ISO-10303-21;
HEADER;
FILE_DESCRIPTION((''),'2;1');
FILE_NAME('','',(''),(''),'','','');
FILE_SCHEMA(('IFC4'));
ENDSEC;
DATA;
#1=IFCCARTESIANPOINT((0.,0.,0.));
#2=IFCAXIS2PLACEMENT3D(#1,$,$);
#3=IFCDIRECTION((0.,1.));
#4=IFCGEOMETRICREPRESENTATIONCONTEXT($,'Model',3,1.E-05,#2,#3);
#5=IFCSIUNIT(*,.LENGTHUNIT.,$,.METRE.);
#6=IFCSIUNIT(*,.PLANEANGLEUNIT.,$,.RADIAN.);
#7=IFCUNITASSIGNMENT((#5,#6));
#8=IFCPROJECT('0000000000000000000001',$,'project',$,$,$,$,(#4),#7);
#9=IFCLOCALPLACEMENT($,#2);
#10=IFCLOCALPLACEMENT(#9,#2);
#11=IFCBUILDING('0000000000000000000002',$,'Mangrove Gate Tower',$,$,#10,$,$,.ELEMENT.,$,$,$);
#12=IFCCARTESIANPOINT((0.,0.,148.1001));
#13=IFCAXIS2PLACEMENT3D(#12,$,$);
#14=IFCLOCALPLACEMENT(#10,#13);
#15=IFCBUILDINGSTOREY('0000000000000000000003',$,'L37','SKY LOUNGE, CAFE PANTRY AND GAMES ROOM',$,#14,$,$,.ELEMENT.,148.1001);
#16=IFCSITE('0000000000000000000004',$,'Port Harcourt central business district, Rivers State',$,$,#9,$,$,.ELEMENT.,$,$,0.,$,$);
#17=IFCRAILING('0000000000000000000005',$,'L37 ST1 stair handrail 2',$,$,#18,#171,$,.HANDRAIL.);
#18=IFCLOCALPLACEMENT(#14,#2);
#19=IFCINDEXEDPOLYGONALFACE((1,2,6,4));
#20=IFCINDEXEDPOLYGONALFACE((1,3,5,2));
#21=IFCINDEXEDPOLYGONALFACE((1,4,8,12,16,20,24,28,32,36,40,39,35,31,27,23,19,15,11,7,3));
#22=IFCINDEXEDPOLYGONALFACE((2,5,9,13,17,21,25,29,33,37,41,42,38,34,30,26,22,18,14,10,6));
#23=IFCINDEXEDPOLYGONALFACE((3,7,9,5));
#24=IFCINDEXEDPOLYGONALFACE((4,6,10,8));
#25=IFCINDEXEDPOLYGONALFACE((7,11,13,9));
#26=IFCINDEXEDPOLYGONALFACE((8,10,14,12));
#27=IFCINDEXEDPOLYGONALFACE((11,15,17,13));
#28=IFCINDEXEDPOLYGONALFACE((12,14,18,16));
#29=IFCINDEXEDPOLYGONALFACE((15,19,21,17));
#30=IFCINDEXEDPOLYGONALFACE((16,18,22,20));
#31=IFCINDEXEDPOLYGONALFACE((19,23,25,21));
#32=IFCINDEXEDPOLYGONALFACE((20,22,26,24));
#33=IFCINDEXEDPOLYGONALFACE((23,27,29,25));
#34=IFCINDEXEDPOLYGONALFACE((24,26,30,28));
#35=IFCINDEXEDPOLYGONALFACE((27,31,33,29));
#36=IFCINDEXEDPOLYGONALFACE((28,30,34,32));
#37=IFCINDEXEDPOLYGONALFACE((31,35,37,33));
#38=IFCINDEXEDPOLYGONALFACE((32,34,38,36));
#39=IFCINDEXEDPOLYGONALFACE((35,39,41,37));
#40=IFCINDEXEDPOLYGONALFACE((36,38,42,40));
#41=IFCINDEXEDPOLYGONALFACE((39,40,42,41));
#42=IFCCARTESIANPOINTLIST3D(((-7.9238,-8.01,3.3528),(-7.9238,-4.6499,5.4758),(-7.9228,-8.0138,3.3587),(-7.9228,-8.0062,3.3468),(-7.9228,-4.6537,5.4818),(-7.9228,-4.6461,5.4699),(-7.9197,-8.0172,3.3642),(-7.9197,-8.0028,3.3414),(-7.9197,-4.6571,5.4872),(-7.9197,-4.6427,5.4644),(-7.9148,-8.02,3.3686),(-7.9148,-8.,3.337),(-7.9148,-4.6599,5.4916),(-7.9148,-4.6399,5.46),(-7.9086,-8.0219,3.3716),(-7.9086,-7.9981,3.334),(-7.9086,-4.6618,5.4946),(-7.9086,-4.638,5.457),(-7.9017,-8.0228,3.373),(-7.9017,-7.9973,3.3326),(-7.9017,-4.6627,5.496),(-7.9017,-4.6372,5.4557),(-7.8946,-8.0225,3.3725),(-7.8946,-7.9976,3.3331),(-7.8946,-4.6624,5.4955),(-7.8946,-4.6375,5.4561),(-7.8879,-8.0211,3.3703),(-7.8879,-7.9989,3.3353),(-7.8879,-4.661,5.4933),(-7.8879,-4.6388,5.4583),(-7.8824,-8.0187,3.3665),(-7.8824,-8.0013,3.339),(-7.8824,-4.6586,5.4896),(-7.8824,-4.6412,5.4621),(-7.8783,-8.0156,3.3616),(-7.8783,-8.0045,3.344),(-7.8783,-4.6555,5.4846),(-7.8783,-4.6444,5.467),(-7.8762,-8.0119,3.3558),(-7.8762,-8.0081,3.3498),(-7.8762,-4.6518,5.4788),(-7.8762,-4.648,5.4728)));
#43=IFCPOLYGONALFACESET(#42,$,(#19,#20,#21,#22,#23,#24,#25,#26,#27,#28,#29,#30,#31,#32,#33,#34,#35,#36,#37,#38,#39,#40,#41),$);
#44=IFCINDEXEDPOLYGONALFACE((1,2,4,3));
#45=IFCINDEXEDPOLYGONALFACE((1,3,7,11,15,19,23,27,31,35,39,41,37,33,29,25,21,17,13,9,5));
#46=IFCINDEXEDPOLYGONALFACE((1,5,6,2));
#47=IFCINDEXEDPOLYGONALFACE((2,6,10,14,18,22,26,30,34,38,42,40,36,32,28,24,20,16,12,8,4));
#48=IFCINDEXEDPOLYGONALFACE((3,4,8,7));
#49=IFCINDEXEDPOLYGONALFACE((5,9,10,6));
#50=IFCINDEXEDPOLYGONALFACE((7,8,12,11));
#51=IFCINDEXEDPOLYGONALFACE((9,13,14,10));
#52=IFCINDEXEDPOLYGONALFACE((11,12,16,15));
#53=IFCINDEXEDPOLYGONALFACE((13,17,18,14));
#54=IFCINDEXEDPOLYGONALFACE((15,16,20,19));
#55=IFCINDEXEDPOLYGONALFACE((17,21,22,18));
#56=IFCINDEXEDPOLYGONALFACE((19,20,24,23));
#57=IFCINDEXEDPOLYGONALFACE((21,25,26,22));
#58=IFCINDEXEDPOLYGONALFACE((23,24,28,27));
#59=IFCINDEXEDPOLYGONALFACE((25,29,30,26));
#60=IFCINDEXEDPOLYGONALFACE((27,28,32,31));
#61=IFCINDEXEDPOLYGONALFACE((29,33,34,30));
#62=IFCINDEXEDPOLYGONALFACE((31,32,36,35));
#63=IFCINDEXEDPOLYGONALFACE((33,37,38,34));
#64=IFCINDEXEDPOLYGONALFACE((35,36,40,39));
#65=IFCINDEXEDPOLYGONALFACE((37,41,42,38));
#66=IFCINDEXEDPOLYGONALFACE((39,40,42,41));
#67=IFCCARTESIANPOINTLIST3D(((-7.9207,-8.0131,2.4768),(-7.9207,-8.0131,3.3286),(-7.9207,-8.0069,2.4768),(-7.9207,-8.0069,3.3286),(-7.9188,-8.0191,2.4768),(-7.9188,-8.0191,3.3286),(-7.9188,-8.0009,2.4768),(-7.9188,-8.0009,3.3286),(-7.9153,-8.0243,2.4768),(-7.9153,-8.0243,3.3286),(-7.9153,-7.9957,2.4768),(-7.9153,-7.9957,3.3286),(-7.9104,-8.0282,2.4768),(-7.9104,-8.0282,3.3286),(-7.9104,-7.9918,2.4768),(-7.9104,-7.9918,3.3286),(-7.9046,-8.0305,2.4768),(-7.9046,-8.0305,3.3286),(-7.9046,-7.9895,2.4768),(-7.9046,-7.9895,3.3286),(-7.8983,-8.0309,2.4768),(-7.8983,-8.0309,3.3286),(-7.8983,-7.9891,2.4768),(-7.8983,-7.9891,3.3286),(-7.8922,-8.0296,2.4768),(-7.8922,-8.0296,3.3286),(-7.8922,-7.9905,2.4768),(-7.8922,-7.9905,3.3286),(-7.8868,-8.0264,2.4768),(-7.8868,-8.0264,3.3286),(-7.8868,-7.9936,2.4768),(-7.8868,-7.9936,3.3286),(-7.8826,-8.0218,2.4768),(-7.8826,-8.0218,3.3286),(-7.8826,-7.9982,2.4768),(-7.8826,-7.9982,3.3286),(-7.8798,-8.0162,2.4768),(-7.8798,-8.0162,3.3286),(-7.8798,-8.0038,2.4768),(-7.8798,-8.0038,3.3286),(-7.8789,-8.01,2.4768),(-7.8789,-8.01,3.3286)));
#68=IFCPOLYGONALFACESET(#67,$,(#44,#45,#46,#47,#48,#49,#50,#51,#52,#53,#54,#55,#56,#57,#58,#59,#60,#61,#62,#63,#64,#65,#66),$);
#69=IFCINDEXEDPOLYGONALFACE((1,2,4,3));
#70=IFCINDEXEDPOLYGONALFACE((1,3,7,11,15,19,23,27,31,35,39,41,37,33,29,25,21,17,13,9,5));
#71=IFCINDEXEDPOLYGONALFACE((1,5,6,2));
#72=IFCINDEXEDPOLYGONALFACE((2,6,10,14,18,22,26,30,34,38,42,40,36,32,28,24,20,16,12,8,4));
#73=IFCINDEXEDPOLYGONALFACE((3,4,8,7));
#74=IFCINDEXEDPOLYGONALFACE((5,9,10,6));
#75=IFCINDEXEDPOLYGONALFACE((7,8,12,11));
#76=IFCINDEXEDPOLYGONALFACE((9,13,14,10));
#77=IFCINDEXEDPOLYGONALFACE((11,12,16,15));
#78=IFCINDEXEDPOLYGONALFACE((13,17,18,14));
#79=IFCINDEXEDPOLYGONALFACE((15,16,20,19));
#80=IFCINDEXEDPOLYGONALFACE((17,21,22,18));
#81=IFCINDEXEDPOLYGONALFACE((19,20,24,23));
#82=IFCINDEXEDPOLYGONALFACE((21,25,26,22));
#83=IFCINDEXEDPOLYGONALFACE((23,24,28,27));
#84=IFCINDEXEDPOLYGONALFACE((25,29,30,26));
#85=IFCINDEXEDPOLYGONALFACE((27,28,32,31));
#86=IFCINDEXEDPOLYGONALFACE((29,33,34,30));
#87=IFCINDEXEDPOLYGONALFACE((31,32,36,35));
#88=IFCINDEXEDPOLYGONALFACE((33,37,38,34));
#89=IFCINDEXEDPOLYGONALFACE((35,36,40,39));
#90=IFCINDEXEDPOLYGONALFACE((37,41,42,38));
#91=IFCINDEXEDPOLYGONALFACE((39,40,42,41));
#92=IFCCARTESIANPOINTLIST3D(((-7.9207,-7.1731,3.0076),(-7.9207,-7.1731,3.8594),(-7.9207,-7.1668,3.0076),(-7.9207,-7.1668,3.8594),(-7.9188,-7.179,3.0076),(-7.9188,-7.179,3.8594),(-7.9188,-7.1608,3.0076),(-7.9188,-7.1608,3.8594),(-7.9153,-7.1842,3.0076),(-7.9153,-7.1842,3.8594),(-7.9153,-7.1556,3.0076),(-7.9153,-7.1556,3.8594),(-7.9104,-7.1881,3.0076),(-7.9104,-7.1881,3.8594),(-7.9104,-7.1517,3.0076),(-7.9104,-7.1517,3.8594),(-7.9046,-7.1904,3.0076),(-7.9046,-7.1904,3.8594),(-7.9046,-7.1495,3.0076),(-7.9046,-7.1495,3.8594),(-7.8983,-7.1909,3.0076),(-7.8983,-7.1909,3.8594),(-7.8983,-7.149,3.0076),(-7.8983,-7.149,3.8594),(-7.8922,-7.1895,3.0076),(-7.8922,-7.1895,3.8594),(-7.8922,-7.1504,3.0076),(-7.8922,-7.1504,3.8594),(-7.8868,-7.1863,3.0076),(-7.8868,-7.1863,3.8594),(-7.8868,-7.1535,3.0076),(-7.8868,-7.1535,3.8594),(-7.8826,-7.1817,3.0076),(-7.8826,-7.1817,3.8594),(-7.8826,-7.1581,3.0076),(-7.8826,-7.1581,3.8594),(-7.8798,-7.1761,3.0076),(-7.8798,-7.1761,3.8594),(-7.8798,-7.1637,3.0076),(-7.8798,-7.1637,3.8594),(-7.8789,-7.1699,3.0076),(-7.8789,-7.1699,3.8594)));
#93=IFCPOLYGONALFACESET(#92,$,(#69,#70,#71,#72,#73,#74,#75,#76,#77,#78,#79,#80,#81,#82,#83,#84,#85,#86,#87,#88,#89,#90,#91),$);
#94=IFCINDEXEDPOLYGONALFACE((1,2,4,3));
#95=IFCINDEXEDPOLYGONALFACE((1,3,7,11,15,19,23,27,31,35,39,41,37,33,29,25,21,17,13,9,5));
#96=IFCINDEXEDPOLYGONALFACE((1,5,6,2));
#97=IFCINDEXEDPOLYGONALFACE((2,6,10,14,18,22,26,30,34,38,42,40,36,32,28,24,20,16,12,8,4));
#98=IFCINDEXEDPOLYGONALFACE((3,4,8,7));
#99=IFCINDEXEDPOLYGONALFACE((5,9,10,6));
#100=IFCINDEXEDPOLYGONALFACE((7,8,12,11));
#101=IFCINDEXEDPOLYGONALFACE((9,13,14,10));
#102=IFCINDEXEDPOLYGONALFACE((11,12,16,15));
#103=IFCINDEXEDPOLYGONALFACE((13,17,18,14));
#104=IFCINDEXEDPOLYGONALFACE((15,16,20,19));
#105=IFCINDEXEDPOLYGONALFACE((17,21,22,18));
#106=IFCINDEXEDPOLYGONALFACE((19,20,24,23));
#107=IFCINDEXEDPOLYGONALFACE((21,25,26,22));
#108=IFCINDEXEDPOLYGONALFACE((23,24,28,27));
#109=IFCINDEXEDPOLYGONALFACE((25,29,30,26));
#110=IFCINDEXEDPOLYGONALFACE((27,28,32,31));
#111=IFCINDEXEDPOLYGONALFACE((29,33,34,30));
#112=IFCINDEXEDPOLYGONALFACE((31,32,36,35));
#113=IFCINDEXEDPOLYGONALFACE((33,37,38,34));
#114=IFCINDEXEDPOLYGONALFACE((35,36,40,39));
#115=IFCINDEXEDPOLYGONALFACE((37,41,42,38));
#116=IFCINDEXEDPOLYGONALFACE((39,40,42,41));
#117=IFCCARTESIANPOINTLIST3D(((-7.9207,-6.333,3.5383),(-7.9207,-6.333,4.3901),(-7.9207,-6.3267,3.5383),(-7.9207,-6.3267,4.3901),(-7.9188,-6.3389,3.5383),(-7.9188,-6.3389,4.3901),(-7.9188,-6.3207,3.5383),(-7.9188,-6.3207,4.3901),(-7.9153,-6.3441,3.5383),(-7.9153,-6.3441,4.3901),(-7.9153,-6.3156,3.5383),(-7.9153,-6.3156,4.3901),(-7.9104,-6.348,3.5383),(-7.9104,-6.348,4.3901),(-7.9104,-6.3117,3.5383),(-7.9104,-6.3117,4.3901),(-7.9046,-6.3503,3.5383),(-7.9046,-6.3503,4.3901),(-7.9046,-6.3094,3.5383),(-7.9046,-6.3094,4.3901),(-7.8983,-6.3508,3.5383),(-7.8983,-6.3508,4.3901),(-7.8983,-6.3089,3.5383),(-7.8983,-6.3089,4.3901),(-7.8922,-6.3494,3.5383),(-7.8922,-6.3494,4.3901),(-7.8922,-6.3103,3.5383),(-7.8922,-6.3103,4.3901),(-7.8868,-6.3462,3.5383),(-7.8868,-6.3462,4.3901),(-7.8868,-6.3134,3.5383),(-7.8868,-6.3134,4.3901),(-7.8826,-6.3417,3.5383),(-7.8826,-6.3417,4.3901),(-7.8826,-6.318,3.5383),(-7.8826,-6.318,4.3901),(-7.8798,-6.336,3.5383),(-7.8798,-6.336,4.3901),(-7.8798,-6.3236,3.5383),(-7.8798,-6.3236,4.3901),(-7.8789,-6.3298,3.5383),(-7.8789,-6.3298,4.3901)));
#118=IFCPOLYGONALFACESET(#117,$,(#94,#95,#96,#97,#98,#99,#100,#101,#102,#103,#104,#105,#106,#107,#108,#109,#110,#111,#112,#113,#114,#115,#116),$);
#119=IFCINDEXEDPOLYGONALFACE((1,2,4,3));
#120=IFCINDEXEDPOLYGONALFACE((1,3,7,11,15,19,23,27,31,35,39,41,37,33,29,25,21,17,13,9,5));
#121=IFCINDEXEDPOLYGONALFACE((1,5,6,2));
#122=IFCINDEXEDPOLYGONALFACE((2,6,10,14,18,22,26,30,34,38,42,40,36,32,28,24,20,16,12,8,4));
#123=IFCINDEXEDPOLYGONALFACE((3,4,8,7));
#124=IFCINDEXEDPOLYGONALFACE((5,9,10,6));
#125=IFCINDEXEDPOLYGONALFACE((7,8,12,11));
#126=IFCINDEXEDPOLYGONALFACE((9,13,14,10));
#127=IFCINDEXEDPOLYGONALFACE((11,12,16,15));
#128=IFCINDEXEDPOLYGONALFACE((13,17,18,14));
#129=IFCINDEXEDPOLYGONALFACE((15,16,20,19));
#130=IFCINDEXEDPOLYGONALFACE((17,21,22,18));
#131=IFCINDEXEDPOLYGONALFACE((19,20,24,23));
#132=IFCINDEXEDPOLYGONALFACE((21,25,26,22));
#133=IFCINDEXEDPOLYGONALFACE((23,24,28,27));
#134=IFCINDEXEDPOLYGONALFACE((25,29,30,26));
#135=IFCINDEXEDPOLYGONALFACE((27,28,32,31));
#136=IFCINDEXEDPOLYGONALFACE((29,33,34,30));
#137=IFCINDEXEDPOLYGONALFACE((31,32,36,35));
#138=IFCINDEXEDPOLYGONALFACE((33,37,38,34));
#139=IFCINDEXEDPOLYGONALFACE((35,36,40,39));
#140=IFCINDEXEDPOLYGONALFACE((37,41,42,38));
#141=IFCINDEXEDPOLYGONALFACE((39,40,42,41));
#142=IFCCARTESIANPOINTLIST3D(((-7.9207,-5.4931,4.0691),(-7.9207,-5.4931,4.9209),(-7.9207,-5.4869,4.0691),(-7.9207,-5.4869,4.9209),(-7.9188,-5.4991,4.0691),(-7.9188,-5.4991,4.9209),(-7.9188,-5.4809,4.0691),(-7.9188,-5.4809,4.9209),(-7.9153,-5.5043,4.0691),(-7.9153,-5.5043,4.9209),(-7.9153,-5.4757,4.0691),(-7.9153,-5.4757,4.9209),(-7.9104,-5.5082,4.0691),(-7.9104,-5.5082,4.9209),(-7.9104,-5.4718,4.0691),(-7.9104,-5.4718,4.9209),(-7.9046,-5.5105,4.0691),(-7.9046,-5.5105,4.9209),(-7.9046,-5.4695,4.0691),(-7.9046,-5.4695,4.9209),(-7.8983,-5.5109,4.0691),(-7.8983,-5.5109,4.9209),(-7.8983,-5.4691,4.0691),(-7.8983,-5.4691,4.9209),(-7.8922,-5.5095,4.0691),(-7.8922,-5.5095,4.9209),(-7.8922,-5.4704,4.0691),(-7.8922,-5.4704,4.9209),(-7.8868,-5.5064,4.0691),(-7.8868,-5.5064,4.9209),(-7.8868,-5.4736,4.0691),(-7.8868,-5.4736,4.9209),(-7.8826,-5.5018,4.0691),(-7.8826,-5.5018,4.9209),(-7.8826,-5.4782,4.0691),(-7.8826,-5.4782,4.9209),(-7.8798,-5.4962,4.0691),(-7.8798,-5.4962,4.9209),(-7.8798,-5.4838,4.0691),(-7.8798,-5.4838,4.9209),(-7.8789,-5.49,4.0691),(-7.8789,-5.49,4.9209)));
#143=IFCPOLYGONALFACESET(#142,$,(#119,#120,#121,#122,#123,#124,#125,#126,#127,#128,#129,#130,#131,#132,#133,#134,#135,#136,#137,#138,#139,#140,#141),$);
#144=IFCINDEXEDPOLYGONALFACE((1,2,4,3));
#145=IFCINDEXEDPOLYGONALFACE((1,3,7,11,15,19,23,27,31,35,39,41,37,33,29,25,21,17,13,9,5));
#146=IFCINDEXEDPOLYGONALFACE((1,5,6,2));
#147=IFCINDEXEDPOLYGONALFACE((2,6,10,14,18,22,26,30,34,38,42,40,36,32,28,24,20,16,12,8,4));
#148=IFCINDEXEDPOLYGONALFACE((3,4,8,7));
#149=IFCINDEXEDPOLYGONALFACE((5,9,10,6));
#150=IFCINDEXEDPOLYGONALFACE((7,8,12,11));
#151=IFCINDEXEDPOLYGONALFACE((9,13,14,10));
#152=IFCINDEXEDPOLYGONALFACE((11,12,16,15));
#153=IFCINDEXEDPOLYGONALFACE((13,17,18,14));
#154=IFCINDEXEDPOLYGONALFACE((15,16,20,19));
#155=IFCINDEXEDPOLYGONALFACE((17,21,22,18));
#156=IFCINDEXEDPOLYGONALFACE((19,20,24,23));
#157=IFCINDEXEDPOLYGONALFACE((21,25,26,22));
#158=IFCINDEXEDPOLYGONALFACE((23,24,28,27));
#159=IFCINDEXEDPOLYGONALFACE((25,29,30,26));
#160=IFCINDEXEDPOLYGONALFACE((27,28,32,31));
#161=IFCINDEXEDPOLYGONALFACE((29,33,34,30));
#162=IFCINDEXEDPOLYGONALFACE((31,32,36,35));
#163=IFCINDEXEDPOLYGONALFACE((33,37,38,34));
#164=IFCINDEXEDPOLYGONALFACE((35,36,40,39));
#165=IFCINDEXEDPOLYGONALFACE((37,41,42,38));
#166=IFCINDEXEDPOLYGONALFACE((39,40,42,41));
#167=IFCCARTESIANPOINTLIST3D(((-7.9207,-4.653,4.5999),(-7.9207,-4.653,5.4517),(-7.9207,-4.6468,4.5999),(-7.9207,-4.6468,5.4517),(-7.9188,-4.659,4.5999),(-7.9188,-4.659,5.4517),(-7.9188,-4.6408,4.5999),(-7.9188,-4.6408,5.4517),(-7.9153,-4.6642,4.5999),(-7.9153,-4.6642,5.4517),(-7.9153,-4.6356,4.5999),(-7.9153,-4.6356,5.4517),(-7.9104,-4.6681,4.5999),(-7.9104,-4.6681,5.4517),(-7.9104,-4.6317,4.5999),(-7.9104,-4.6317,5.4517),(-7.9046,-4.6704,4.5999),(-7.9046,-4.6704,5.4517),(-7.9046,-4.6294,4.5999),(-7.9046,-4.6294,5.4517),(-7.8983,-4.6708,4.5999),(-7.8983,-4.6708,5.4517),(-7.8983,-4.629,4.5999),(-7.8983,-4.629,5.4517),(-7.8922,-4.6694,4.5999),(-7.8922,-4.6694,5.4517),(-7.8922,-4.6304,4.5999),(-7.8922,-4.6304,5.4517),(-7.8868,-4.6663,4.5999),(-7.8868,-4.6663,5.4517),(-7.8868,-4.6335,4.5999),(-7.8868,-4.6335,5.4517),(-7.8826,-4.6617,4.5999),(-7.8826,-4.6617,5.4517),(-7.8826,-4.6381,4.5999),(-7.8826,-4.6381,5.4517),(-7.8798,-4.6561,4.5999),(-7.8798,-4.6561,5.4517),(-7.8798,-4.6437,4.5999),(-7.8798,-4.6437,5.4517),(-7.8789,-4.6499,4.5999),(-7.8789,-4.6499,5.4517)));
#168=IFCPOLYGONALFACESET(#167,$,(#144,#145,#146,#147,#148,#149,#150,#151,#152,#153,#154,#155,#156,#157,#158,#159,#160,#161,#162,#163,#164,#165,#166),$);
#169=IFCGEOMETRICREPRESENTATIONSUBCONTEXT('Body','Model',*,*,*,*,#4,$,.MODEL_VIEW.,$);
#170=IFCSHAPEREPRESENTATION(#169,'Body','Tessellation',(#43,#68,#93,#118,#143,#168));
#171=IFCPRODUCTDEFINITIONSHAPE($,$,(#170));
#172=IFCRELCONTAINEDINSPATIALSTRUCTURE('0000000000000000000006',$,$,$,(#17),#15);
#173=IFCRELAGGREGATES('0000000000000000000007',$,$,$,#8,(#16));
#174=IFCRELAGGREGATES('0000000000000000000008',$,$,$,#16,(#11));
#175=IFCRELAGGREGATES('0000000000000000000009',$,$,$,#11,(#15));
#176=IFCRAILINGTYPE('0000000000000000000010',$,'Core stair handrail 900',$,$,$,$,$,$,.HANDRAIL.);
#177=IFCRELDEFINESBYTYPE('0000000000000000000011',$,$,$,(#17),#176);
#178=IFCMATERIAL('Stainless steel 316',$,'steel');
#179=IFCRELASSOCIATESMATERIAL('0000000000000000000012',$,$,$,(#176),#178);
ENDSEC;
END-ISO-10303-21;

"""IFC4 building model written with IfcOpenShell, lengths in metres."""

from ifc_helpers import new_model, si_unit, direction, frame, origin, origin_2d, place, context, subcontext, project, spatial, circle, extrude, material, type_object, element, save


model = new_model("IFC4")

# Units and contexts
model_context = context("Model", 3, precision=1e-05, world=origin(), true_north=direction((0.0, 1.0)))
body_context = subcontext(model_context, "Body", "Model", "MODEL_VIEW")
ifc_project = project(units=[si_unit("LENGTHUNIT", "METRE"), si_unit("PLANEANGLEUNIT", "RADIAN")], contexts=[model_context])

# Site, building, storey
site_placement = place(None, origin())
site = spatial("IfcSite", under=ifc_project, at=site_placement, Name="Port Harcourt central business district, Rivers State", CompositionType="ELEMENT", RefElevation=0.0)
building_placement = place(site_placement, origin())
building = spatial("IfcBuilding", under=site, at=building_placement, Name="Mangrove Gate Tower", CompositionType="ELEMENT")
storey_placement = place(building_placement, frame((0.0, 0.0, 148.1001)))
storey = spatial("IfcBuildingStorey", under=building, at=storey_placement, Name="L37", Description="SKY LOUNGE, CAFE PANTRY AND GAMES ROOM", CompositionType="ELEMENT", Elevation=148.1001)

# Railing
ifc_material_1 = material(Name="Stainless steel 316", Category="steel")
railing_type_1 = type_object("IfcRailingType", Name="Core stair handrail 900", PredefinedType="HANDRAIL", material=ifc_material_1)
railing_1_placement = place(storey_placement, frame((-7.8999, -8.01, 2.4768)))
element("IfcRailing", 1, at=railing_1_placement, inside=storey, type_object=railing_type_1, Name="L37 ST1 stair handrail 2", PredefinedType="HANDRAIL", context=body_context, shape_type="SweptSolid", body=[
    extrude(circle(Radius=0.0239, at=origin_2d()), frame((0.0, 0.0, 0.876), z_axis=(0.0, 0.84539, 0.53415), x_axis=(-1.0, 0.0, 0.0)), (0.0, 0.0, 1.0), 3.9746),
    extrude(circle(Radius=0.021, at=origin_2d()), origin(), (0.0, 0.0, 1.0), 0.8518),
    extrude(circle(Radius=0.021, at=origin_2d()), frame((0.0, 0.8401, 0.5308)), (0.0, 0.0, 1.0), 0.8518),
    extrude(circle(Radius=0.021, at=origin_2d()), frame((0.0, 1.6802, 1.0615)), (0.0, 0.0, 1.0), 0.8518),
    extrude(circle(Radius=0.021, at=origin_2d()), frame((0.0, 2.52, 1.5923)), (0.0, 0.0, 1.0), 0.8518),
    extrude(circle(Radius=0.021, at=origin_2d()), frame((0.0, 3.3601, 2.123)), (0.0, 0.0, 1.0), 0.8518),
])

save(model, "model.ifc")
